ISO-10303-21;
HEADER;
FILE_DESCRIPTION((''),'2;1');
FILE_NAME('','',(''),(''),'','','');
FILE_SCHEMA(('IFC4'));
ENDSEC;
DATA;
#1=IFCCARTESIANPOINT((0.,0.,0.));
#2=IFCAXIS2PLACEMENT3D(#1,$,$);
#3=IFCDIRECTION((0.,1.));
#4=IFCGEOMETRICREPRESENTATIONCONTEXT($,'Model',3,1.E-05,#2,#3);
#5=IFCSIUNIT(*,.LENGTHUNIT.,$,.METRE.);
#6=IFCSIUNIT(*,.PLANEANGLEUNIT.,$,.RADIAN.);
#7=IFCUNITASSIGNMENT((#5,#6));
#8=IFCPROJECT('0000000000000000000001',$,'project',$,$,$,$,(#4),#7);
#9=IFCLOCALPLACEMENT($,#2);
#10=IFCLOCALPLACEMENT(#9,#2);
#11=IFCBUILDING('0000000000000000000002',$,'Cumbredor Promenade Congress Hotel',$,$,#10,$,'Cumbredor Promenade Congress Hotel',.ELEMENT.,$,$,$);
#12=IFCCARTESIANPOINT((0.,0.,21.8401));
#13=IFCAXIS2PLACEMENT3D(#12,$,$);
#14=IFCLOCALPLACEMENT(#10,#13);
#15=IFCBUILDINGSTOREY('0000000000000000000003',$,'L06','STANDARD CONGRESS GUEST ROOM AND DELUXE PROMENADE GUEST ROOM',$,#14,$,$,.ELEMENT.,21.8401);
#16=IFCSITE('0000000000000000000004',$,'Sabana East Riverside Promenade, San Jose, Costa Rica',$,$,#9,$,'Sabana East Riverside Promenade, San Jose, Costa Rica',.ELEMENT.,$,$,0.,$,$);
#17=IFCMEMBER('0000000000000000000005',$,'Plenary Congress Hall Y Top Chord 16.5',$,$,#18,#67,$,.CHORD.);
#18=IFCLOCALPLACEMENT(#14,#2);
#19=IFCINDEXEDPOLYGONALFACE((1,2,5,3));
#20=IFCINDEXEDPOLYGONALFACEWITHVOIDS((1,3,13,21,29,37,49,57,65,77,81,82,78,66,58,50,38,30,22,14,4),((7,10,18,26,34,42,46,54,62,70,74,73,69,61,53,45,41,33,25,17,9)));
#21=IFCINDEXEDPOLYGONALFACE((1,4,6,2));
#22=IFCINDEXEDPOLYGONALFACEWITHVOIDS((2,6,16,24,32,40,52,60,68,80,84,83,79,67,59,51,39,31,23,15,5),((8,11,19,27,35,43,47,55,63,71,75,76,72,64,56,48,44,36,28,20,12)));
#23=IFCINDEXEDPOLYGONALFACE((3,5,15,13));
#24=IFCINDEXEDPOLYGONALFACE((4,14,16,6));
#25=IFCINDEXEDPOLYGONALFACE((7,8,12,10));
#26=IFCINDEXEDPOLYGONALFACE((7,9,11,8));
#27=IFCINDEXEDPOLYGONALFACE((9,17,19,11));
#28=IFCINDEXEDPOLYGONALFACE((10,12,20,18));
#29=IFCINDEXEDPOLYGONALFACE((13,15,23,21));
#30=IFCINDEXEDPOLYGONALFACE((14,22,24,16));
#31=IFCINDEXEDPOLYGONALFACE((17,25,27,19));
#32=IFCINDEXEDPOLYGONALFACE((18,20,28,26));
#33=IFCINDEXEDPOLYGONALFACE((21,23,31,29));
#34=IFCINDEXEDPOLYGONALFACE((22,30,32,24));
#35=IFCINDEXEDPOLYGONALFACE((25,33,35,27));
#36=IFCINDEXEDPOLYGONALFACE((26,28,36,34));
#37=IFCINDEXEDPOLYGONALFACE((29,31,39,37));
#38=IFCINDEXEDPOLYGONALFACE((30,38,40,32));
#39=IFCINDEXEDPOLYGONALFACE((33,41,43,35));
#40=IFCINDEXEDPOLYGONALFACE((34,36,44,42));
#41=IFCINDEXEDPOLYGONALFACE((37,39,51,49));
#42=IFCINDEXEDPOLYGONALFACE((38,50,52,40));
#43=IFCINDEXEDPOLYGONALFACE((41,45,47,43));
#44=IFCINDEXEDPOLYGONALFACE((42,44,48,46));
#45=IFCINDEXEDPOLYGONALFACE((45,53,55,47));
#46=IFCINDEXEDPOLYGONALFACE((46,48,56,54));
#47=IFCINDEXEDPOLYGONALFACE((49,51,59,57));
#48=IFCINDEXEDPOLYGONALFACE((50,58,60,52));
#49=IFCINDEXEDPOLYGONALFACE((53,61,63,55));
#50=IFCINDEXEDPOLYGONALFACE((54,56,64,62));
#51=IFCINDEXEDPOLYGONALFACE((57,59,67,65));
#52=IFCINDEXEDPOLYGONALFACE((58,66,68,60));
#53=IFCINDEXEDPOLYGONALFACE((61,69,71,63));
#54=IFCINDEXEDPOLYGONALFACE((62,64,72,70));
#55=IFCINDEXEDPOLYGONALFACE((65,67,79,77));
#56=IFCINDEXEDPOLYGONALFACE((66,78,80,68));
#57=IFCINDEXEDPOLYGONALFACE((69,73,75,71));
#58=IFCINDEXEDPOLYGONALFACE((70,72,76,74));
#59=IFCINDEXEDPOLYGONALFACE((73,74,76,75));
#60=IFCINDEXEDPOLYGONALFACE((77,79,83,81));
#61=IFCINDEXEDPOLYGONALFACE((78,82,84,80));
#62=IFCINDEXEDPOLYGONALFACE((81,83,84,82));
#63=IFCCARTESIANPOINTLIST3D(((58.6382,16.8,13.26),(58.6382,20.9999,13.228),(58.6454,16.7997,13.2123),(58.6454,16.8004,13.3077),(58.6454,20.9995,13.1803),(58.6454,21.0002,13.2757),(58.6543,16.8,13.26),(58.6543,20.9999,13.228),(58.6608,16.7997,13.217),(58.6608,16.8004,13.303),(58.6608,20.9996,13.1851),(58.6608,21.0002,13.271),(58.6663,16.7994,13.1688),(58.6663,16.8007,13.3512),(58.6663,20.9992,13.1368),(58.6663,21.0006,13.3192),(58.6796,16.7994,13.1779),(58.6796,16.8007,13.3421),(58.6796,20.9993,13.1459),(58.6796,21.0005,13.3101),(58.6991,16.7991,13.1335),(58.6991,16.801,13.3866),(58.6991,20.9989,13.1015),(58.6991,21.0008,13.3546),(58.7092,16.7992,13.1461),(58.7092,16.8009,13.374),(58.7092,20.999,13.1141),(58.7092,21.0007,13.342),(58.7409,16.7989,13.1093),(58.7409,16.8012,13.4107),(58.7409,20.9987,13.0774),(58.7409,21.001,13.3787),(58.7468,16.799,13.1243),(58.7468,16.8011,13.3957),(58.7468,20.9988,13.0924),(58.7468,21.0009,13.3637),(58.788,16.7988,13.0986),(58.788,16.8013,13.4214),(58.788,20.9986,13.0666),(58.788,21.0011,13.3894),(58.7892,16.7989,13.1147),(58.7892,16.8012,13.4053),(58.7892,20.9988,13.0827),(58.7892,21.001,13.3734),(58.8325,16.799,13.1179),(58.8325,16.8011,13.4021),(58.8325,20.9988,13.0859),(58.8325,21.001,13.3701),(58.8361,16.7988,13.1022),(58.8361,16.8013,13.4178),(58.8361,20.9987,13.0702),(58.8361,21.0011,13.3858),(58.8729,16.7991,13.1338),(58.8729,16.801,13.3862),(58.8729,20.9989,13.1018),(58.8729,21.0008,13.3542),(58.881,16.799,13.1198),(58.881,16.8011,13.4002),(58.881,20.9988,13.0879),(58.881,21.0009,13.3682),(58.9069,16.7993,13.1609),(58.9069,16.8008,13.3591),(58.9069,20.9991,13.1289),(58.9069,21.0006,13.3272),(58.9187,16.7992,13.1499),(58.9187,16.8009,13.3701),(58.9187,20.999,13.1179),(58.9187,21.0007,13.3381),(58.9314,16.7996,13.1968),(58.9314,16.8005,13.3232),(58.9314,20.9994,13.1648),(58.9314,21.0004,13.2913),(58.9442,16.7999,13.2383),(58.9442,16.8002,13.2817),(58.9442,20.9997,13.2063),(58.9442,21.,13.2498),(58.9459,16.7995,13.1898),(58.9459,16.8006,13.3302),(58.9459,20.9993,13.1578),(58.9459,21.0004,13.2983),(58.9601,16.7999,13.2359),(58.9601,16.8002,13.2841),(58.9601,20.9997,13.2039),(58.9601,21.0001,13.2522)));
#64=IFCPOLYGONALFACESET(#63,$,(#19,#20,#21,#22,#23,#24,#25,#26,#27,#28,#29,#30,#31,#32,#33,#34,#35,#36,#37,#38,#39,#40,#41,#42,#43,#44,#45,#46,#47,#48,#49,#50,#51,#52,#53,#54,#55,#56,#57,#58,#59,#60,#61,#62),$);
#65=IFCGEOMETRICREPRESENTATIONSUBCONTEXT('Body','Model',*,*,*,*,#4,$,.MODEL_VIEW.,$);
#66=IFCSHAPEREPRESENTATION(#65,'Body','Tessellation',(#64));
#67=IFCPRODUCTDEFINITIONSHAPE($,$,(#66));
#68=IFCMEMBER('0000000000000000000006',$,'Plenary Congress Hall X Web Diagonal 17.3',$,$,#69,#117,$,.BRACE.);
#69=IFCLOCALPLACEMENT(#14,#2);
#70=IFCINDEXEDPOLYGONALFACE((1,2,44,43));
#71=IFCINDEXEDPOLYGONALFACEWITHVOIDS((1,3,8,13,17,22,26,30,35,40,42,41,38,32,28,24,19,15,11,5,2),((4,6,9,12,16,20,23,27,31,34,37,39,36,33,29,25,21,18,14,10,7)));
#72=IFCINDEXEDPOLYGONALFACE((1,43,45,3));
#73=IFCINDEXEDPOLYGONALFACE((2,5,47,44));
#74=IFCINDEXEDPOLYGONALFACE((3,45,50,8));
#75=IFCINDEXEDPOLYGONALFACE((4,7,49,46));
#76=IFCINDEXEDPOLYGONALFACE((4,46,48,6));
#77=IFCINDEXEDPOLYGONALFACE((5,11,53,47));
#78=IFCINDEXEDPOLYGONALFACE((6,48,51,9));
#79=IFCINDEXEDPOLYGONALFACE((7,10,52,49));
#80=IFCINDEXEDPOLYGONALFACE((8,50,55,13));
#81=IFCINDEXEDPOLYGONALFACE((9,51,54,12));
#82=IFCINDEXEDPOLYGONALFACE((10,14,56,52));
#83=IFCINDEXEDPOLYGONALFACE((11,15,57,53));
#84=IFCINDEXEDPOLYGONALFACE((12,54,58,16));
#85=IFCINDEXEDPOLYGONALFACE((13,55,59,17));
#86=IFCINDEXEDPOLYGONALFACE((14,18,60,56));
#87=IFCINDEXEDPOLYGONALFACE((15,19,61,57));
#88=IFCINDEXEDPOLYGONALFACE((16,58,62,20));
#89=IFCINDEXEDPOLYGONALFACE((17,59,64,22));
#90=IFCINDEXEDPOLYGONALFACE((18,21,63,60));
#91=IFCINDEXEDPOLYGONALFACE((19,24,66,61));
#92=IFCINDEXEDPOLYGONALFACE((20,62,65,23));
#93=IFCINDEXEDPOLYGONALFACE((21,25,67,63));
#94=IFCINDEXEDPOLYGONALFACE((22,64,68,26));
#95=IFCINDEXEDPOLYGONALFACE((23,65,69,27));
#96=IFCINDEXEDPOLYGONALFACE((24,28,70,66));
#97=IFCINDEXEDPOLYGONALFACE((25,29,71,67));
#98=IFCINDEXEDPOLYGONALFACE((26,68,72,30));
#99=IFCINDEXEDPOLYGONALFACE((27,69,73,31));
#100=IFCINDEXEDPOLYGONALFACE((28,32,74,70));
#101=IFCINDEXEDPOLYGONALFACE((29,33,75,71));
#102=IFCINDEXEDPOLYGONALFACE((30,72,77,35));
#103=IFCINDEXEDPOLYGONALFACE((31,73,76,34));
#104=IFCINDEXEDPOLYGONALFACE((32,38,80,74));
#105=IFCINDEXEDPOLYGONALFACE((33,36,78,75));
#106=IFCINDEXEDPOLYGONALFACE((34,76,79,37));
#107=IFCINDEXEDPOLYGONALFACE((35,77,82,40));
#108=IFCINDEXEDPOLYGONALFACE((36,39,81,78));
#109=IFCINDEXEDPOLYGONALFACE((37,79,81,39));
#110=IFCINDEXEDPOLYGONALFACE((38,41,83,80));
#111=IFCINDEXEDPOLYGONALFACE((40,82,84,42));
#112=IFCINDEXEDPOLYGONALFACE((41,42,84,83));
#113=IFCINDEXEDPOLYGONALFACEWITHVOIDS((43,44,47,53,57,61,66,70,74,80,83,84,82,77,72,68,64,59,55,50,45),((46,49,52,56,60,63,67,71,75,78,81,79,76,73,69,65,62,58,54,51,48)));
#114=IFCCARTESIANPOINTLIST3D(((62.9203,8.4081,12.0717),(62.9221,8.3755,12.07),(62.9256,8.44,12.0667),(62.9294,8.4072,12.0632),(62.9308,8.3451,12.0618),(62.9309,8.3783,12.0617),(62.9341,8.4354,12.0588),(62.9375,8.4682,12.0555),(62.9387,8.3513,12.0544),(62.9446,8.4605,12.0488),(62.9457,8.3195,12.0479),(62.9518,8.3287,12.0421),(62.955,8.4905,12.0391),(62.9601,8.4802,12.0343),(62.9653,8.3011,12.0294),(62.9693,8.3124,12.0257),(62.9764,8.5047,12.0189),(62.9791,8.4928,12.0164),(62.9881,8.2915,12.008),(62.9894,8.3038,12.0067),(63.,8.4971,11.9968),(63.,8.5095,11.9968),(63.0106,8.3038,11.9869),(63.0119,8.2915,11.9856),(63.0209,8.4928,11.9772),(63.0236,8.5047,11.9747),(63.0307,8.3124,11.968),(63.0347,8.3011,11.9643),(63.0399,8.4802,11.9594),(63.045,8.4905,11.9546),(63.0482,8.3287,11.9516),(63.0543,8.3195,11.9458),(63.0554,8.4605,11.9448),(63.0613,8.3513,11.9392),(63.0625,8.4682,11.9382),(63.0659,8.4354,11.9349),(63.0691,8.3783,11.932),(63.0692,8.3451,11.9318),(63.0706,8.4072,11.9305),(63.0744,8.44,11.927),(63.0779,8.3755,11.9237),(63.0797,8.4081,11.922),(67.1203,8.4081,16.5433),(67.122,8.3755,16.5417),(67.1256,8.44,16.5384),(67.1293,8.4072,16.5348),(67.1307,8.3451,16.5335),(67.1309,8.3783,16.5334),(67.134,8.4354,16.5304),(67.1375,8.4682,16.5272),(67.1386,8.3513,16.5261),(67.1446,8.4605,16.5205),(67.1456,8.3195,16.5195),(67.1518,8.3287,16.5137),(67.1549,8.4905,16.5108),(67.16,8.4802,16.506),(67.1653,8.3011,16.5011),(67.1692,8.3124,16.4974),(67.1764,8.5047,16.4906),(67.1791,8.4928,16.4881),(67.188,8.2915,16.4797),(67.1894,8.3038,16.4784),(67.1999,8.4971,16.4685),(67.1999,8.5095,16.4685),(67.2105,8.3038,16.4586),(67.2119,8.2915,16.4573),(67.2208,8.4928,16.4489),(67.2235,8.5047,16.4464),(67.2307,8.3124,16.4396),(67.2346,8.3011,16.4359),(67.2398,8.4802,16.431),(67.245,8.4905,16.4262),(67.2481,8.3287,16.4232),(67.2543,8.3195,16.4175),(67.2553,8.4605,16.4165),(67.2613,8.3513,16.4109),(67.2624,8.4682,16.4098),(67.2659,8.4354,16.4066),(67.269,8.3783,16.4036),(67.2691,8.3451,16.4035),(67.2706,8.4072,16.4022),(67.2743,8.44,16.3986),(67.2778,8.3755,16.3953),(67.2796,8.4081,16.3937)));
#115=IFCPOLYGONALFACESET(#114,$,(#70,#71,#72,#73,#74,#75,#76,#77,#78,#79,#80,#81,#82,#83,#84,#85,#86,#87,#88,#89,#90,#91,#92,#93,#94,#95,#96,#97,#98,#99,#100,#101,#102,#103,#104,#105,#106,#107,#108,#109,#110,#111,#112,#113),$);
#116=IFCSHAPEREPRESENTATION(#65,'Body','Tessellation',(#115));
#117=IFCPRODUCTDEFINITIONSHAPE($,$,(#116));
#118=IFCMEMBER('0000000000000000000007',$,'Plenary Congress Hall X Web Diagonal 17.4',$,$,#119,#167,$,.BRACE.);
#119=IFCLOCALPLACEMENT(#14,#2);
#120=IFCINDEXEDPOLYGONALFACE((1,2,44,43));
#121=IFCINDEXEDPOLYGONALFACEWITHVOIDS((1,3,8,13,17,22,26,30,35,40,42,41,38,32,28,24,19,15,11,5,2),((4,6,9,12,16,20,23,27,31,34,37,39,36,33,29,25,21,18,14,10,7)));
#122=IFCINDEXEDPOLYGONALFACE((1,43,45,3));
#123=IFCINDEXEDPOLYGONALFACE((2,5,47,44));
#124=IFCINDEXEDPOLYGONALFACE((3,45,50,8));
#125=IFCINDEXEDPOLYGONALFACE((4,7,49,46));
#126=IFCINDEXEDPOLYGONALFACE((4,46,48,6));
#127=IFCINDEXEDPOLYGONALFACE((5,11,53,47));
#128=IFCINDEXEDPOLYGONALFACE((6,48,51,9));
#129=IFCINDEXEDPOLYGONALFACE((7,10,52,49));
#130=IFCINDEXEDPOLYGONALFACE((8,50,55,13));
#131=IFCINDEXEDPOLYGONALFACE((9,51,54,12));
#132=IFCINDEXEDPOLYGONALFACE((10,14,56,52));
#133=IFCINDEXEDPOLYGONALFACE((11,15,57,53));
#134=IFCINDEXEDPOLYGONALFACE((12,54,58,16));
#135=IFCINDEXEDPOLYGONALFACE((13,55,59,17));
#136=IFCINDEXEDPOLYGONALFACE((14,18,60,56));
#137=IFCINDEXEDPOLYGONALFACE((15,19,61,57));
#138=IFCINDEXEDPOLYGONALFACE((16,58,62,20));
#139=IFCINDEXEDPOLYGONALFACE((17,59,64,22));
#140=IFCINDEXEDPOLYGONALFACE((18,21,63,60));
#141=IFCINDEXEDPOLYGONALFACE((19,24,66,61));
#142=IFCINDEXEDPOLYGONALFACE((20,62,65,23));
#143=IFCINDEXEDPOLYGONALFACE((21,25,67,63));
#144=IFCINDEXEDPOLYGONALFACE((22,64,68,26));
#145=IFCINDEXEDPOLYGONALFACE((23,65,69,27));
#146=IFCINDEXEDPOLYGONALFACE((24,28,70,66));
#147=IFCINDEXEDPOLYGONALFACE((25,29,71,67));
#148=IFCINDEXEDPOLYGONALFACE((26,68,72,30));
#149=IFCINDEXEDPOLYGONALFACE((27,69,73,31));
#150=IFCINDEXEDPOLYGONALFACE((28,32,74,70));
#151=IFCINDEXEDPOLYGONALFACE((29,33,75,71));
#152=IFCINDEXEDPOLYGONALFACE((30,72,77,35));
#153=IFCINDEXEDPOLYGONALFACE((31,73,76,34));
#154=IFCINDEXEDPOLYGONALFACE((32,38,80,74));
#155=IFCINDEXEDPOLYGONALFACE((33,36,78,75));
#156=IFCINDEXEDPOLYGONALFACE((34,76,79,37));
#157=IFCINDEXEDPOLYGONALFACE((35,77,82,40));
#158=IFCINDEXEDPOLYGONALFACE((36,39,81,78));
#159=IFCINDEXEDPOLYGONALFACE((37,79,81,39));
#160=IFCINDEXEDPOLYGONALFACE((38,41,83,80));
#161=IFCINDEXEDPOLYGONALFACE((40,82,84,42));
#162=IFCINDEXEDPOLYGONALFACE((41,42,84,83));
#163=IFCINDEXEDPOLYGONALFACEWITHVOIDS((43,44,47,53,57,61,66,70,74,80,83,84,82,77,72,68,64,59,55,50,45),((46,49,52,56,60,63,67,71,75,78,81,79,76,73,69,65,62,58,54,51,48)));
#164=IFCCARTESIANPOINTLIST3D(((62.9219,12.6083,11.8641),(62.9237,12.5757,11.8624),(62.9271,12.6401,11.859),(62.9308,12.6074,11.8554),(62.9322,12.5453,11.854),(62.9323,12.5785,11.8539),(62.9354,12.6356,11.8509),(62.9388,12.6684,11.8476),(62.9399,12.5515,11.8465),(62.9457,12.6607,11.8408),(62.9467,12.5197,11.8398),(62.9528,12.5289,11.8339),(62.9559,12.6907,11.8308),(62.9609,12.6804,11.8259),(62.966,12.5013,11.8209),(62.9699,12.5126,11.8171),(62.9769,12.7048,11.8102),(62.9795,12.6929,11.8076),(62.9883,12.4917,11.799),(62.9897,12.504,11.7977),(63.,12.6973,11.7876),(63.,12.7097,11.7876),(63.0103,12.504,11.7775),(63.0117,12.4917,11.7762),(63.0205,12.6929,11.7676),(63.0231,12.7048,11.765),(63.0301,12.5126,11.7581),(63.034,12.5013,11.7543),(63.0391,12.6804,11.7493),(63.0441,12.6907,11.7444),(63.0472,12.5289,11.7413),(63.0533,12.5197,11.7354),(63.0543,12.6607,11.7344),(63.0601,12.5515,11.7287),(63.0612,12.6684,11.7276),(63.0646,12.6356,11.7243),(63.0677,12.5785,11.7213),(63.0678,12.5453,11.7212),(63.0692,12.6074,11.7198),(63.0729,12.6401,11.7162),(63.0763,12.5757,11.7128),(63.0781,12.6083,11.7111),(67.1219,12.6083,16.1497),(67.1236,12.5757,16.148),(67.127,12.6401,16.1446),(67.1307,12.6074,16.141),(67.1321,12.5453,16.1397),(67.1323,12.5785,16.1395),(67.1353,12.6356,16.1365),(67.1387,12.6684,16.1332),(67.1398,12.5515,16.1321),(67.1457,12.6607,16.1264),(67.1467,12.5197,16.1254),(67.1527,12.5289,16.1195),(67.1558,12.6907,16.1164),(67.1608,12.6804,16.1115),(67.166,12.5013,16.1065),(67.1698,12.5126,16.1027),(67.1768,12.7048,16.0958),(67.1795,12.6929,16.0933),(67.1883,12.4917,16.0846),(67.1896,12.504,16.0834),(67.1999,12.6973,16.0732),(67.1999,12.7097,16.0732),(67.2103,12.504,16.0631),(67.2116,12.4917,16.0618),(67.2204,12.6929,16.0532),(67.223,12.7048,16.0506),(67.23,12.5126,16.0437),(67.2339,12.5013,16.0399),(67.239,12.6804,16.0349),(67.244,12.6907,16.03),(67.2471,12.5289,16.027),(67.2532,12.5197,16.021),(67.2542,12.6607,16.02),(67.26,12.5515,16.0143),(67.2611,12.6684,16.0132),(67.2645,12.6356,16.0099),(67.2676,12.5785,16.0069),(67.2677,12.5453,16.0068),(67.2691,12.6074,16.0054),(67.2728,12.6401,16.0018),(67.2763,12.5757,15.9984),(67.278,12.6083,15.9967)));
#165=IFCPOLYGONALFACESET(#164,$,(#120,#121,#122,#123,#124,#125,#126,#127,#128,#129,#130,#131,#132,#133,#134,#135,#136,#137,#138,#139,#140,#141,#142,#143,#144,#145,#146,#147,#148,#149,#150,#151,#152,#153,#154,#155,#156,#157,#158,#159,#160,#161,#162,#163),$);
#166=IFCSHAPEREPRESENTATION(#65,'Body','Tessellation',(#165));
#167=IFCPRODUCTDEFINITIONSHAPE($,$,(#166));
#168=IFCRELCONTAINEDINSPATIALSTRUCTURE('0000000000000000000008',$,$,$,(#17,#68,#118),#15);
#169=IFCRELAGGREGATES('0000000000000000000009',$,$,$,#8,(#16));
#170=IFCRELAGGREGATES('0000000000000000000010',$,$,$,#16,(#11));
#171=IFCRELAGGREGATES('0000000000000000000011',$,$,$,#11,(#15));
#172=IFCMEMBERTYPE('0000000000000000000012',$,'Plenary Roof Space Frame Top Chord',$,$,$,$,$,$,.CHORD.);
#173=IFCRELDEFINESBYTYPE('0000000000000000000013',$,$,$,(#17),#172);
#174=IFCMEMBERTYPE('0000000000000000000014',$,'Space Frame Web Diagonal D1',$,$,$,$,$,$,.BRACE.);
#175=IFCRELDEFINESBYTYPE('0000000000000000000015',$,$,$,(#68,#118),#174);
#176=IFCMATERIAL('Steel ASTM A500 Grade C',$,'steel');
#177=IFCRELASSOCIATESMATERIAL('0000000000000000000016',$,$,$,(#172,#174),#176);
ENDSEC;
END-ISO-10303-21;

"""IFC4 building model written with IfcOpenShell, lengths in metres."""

from ifc_helpers import new_model, si_unit, direction, frame, origin, origin_2d, place, context, subcontext, project, spatial, hollow_circle, extrude, material, material_profile, profile_set, type_object, element, save


model = new_model("IFC4")

# Units and contexts
model_context = context("Model", 3, precision=1e-05, world=origin(), true_north=direction((0.0, 1.0)))
body_context = subcontext(model_context, "Body", "Model", "MODEL_VIEW")
ifc_project = project(units=[si_unit("LENGTHUNIT", "METRE"), si_unit("PLANEANGLEUNIT", "RADIAN")], contexts=[model_context])

# Site, building, storey
site_placement = place(None, origin())
site = spatial("IfcSite", under=ifc_project, at=site_placement, Name="Sabana East Riverside Promenade, San Jose, Costa Rica", LongName="Sabana East Riverside Promenade, San Jose, Costa Rica", CompositionType="ELEMENT", RefElevation=0.0)
building_placement = place(site_placement, origin())
building = spatial("IfcBuilding", under=site, at=building_placement, Name="Cumbredor Promenade Congress Hotel", LongName="Cumbredor Promenade Congress Hotel", CompositionType="ELEMENT")
storey_placement = place(building_placement, frame((0.0, 0.0, 21.8401)))
storey = spatial("IfcBuildingStorey", under=building, at=storey_placement, Name="L06", Description="STANDARD CONGRESS GUEST ROOM AND DELUXE PROMENADE GUEST ROOM", CompositionType="ELEMENT", Elevation=21.8401)

# Members
ifc_material_1 = material(Name="Steel ASTM A500 Grade C", Category="steel")
ifc_material_profile_1 = material_profile(ifc_material_1, hollow_circle(Radius=0.1619, WallThickness=0.0161, at=origin_2d()), Name="CHS 323.9x16")
ifc_profile_set_1 = profile_set([ifc_material_profile_1], Name="Steel ASTM A500 Grade C")
member_type_1 = type_object("IfcMemberType", Name="Plenary Roof Space Frame Top Chord", PredefinedType="CHORD", material=ifc_profile_set_1)
member_1_placement = place(storey_placement, frame((58.8, 16.8, 13.26), z_axis=(0.0, 0.999971, -0.007615), x_axis=(-1.0, 0.0, 0.0)))
element("IfcMember", 1, at=member_1_placement, inside=storey, type_object=member_type_1, Name="Plenary Congress Hall Y Top Chord 16.5", PredefinedType="CHORD", context=body_context, shape_type="SweptSolid", body=[
    extrude(hollow_circle(Radius=0.1619, WallThickness=0.0161, at=origin_2d()), origin(), (0.0, 0.0, 1.0), 4.2),
])
ifc_material_profile_2 = material_profile(ifc_material_1, hollow_circle(Radius=0.1096, WallThickness=0.0125, at=origin_2d()), Name="CHS 219.1x12.5")
ifc_profile_set_2 = profile_set([ifc_material_profile_2], Name="Steel ASTM A500 Grade C")
member_type_2 = type_object("IfcMemberType", Name="Space Frame Web Diagonal D1", PredefinedType="BRACE", material=ifc_profile_set_2)
member_2_placement = place(storey_placement, frame((63.0, 8.3999, 11.9968), z_axis=(0.684613, 0.0, 0.728906), x_axis=(0.0, 1.0, 0.0)))
element("IfcMember", 2, at=member_2_placement, inside=storey, type_object=member_type_2, Name="Plenary Congress Hall X Web Diagonal 17.3", PredefinedType="BRACE", context=body_context, shape_type="SweptSolid", body=[
    extrude(hollow_circle(Radius=0.1096, WallThickness=0.0125, at=origin_2d()), origin(), (0.0, 0.0, 1.0), 6.1348),
])
member_3_placement = place(storey_placement, frame((63.0, 12.6001, 11.7876), z_axis=(0.69993, 0.0, 0.714211), x_axis=(0.0, 1.0, 0.0)))
element("IfcMember", 3, at=member_3_placement, inside=storey, type_object=member_type_2, Name="Plenary Congress Hall X Web Diagonal 17.4", PredefinedType="BRACE", context=body_context, shape_type="SweptSolid", body=[
    extrude(hollow_circle(Radius=0.1096, WallThickness=0.0125, at=origin_2d()), origin(), (0.0, 0.0, 1.0), 6.0005),
])

save(model, "model.ifc")
